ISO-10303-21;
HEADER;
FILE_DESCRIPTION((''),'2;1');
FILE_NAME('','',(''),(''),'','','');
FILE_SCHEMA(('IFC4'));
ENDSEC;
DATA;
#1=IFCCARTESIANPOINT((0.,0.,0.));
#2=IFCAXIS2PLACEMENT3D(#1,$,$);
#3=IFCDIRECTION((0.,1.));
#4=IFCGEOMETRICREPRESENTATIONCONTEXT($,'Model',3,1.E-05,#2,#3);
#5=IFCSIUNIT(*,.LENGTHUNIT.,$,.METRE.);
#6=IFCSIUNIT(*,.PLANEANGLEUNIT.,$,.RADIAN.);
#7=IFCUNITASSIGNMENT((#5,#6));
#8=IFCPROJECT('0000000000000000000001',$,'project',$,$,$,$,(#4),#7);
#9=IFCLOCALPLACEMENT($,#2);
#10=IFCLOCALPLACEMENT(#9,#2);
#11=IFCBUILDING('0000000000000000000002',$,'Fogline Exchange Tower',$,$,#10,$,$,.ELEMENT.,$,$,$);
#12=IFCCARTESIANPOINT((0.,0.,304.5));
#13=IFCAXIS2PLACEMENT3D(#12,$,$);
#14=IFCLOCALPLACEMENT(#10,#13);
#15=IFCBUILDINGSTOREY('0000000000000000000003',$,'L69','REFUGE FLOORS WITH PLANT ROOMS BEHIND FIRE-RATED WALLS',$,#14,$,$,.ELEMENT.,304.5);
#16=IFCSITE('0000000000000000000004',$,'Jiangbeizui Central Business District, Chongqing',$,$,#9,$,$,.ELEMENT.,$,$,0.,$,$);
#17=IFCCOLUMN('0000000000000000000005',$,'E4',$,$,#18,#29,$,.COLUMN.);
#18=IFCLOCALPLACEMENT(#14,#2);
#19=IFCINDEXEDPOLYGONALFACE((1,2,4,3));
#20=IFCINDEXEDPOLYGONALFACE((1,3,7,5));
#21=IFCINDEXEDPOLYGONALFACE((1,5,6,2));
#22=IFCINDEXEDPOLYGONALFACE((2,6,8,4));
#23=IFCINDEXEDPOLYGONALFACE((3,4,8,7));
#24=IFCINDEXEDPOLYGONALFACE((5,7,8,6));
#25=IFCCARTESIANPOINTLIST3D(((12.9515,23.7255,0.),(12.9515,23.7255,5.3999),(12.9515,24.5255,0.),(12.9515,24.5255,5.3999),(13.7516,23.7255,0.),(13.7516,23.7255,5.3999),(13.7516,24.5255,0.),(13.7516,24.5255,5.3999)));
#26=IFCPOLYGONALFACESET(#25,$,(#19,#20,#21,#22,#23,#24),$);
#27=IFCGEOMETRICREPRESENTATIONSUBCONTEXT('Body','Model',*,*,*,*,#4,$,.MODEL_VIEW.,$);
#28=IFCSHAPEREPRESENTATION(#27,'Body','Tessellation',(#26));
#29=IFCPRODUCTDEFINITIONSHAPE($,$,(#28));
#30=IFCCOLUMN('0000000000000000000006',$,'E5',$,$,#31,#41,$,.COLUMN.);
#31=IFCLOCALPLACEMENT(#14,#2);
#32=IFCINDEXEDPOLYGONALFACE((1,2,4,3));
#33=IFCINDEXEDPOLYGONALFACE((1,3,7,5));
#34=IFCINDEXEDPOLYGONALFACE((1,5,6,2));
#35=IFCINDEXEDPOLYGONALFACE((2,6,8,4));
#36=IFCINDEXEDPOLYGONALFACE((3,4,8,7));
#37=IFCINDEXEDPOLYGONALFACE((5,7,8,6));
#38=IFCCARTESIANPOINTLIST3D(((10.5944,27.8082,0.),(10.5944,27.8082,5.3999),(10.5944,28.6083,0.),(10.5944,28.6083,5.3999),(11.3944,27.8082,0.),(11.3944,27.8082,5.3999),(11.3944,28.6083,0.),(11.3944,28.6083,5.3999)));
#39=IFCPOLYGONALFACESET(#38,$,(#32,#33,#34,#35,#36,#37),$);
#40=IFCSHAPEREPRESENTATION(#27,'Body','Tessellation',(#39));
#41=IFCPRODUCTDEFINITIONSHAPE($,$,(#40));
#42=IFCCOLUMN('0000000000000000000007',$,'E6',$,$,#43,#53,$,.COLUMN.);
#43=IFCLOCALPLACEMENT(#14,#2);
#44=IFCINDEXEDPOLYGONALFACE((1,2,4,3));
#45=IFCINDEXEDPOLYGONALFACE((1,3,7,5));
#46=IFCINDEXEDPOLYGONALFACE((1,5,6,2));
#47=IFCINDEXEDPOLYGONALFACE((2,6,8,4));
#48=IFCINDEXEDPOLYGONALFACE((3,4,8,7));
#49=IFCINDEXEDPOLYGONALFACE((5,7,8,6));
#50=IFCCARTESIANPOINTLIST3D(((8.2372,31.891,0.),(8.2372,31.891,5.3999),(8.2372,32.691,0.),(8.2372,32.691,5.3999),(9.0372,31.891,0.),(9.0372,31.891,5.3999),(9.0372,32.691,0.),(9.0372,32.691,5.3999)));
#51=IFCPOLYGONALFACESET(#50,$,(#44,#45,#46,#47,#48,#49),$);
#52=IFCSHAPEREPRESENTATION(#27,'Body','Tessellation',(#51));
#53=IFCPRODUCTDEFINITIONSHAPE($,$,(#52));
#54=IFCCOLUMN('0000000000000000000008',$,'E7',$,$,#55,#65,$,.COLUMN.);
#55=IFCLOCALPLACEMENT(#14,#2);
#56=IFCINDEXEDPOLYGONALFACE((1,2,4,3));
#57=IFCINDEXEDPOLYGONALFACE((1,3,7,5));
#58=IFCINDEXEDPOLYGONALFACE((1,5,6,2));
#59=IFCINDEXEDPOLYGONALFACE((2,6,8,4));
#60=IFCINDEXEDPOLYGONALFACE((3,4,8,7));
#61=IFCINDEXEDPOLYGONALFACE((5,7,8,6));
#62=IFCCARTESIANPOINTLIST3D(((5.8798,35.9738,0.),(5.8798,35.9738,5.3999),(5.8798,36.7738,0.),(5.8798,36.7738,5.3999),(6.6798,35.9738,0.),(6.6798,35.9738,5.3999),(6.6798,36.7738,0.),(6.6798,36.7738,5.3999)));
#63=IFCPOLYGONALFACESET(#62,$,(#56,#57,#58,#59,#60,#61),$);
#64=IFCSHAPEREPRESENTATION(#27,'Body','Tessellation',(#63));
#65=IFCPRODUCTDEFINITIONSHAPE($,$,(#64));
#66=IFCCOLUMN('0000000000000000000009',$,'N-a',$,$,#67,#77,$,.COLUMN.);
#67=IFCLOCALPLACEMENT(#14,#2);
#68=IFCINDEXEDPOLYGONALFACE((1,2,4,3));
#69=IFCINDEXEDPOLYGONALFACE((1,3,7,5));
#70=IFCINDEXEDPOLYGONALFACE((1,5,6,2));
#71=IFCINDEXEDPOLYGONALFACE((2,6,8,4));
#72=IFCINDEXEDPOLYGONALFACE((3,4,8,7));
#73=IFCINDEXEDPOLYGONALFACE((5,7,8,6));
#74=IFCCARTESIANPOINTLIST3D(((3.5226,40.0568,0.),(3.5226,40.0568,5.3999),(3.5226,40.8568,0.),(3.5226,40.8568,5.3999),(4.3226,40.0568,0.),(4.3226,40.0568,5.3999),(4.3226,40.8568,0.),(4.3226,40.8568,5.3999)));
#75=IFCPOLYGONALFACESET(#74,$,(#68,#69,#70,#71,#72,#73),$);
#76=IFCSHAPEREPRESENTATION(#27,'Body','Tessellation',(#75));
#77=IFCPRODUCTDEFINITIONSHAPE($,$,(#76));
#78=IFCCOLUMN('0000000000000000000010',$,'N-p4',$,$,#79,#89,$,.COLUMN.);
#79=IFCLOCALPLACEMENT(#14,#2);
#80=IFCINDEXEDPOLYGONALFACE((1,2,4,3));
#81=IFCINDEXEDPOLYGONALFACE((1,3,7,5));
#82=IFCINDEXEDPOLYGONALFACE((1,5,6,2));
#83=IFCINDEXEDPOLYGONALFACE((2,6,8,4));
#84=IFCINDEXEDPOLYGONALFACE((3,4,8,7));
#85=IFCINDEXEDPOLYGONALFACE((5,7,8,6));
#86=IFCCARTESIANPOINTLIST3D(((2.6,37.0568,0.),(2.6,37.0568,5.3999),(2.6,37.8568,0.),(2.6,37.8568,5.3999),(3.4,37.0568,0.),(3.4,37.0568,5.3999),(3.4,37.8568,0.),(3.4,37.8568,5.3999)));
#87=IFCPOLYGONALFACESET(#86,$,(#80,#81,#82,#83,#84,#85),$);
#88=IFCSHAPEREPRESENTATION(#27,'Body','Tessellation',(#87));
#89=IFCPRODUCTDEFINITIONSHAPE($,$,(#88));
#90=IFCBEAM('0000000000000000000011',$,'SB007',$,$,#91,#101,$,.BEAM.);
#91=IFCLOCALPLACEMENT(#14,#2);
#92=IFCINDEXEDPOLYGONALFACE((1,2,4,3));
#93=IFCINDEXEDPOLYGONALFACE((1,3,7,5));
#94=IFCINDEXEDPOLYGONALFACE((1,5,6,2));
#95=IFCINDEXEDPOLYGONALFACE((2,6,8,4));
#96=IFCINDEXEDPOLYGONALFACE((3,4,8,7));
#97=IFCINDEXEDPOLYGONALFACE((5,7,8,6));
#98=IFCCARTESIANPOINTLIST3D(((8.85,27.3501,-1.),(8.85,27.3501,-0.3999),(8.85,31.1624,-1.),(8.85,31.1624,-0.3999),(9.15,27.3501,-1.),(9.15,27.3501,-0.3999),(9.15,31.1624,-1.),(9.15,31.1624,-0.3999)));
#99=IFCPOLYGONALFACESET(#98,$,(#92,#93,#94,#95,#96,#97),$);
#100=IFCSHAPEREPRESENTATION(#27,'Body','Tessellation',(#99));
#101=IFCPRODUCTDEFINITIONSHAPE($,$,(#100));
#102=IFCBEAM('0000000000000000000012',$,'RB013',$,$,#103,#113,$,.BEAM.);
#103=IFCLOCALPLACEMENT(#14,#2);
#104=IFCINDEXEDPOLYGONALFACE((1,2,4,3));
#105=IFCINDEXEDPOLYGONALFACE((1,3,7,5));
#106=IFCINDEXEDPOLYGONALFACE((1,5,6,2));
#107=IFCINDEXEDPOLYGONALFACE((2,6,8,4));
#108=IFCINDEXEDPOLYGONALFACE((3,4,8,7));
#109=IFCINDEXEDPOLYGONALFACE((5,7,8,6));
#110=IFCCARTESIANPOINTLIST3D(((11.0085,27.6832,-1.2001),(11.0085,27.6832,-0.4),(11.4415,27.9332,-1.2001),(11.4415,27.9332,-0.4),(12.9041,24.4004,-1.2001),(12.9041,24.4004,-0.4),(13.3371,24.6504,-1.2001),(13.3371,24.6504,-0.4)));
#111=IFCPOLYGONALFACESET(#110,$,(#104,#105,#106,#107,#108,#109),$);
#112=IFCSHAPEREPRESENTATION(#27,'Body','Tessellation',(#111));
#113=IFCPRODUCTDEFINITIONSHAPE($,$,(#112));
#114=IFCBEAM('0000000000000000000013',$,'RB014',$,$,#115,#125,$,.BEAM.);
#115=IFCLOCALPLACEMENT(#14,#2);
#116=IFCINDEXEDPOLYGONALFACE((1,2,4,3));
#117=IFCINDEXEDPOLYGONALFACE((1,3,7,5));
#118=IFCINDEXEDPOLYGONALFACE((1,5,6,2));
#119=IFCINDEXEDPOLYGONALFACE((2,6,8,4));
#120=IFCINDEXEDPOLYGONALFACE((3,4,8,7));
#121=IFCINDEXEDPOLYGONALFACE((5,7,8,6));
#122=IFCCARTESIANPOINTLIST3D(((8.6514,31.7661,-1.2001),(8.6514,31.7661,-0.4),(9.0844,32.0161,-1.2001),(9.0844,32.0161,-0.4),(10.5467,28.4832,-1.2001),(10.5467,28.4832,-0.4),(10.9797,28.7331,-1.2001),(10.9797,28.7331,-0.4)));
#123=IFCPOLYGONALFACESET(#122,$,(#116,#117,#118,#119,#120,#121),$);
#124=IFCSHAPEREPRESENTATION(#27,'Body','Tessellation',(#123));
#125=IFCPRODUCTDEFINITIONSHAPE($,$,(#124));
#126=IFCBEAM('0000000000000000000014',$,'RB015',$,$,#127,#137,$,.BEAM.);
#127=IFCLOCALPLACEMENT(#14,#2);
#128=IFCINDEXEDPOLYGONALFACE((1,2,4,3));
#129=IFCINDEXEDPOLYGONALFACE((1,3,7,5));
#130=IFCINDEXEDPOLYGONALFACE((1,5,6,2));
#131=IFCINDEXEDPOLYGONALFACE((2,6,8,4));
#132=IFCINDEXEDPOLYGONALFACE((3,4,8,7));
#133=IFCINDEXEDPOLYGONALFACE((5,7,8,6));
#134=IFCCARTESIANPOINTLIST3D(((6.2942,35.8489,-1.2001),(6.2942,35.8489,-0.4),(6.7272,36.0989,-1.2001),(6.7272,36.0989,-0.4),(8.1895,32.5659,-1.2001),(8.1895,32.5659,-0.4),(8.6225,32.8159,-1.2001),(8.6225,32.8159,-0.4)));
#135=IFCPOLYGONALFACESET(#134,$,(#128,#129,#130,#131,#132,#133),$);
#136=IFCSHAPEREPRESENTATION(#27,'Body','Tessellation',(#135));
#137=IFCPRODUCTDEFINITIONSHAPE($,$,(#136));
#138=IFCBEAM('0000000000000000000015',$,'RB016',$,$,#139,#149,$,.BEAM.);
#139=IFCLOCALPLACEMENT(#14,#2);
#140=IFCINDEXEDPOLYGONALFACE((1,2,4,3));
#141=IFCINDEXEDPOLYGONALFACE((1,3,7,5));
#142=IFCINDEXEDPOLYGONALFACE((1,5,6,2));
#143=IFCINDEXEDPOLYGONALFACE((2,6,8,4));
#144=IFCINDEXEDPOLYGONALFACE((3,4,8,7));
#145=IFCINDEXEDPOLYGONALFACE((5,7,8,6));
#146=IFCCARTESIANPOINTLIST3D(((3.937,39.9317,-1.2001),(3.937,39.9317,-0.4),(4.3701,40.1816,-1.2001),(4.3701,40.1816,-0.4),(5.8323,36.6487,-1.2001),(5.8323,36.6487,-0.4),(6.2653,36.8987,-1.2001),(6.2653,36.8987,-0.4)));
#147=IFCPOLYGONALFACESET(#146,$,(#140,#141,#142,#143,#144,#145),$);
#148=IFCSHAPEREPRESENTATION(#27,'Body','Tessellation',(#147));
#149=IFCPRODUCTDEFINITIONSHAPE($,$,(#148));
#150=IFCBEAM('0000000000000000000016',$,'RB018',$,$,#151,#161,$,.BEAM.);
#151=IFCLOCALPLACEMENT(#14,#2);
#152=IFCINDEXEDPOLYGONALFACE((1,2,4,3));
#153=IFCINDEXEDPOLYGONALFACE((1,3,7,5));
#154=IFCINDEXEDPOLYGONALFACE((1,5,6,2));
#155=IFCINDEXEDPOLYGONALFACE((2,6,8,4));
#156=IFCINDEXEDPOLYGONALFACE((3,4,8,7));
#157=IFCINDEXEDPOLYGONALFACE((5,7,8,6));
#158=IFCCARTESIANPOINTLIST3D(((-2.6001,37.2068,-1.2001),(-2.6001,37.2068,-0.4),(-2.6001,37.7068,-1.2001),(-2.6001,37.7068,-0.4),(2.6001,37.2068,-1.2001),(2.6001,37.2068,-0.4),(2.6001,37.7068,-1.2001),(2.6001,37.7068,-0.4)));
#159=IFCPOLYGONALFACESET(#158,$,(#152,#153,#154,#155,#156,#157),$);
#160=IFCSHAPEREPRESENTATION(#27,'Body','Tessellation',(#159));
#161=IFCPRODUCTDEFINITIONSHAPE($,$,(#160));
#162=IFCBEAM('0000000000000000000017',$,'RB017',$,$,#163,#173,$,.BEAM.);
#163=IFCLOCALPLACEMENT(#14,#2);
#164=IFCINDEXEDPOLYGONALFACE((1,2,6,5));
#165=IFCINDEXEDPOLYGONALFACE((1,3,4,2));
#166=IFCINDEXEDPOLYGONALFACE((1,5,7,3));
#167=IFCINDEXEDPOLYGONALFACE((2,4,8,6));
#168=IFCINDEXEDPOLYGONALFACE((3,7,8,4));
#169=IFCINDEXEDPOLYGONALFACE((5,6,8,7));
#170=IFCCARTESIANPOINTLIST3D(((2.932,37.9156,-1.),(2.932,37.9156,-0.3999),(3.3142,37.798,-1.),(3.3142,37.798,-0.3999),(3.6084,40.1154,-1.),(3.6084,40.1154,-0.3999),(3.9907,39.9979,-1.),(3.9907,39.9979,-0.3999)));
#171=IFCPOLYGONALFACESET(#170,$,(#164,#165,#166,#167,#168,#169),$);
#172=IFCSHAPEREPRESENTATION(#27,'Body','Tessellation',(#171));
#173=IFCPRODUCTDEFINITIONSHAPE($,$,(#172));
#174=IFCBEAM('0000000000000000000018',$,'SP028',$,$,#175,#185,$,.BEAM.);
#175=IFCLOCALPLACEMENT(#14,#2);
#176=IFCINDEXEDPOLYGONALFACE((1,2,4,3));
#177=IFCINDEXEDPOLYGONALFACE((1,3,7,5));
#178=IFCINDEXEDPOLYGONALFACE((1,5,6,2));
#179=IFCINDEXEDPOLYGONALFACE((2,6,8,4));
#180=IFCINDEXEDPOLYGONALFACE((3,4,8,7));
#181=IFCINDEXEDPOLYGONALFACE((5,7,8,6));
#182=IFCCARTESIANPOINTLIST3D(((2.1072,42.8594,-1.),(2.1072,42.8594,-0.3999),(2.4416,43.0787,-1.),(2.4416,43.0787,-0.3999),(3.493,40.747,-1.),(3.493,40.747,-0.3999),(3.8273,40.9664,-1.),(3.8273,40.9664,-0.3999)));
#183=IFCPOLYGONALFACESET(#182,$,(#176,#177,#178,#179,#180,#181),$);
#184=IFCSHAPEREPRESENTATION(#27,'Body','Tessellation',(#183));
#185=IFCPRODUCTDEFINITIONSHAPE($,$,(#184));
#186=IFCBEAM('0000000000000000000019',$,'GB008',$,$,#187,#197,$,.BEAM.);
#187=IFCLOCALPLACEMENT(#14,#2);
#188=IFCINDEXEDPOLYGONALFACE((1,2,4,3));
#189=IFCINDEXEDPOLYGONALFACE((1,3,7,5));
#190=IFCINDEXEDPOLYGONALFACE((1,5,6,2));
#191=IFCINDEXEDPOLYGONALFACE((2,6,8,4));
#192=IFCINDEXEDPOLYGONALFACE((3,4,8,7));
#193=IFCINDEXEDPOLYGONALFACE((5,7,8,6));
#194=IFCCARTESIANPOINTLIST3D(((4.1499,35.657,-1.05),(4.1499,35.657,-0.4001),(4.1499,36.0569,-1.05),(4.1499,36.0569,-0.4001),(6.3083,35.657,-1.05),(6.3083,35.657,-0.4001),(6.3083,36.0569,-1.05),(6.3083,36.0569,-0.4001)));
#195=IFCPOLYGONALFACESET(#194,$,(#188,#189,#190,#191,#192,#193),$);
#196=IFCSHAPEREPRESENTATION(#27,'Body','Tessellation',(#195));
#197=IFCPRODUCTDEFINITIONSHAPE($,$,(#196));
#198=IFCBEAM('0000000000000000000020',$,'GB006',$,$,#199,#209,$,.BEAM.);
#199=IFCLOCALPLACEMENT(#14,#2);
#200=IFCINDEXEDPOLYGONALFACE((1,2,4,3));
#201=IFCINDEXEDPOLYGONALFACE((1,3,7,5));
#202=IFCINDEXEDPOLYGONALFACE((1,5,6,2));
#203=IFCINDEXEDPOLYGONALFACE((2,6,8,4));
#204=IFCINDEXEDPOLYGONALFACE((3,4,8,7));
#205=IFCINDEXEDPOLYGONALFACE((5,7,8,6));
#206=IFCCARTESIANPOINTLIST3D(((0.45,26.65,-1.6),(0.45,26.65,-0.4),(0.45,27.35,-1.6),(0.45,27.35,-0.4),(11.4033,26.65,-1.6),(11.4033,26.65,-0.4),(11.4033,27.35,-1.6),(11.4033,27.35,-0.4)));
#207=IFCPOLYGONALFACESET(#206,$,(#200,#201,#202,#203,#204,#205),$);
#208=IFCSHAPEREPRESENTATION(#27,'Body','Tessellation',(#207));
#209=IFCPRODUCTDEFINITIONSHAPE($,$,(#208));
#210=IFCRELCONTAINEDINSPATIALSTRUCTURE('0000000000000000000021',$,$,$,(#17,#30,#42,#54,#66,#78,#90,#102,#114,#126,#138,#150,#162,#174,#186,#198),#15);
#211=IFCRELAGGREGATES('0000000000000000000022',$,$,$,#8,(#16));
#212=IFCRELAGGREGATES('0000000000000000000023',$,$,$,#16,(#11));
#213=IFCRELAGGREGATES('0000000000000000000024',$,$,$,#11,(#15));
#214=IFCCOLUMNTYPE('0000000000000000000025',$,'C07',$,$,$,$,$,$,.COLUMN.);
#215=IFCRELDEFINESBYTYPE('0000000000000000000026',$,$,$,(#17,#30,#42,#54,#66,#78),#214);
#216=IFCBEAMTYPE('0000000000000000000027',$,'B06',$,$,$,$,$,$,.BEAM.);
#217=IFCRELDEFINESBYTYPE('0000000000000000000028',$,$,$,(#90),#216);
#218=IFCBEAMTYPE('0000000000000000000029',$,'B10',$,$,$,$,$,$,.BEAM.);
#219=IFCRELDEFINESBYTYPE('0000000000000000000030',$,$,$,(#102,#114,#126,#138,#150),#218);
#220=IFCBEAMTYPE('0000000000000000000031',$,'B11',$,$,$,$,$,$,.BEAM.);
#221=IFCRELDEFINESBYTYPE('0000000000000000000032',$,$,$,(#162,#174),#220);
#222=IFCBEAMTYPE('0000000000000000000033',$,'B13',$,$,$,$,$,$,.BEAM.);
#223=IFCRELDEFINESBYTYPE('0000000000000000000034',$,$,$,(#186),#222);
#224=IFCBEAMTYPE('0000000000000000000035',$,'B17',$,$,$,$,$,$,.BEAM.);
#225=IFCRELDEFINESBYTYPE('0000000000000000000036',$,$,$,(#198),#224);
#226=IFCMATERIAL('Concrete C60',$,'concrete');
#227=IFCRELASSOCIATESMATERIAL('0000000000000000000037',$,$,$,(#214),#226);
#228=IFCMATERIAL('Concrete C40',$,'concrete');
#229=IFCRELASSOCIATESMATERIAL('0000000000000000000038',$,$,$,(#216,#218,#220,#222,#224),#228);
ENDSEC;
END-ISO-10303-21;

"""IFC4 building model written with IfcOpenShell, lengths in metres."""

from ifc_helpers import new_model, si_unit, direction, frame, origin, origin_2d, place, context, subcontext, project, spatial, rectangle, extrude, material, material_profile, profile_set, type_object, element, save


model = new_model("IFC4")

# Units and contexts
model_context = context("Model", 3, precision=1e-05, world=origin(), true_north=direction((0.0, 1.0)))
body_context = subcontext(model_context, "Body", "Model", "MODEL_VIEW")
ifc_project = project(units=[si_unit("LENGTHUNIT", "METRE"), si_unit("PLANEANGLEUNIT", "RADIAN")], contexts=[model_context])

# Site, building, storey
site_placement = place(None, origin())
site = spatial("IfcSite", under=ifc_project, at=site_placement, Name="Jiangbeizui Central Business District, Chongqing", CompositionType="ELEMENT", RefElevation=0.0)
building_placement = place(site_placement, origin())
building = spatial("IfcBuilding", under=site, at=building_placement, Name="Fogline Exchange Tower", CompositionType="ELEMENT")
storey_placement = place(building_placement, frame((0.0, 0.0, 304.5)))
storey = spatial("IfcBuildingStorey", under=building, at=storey_placement, Name="L69", Description="REFUGE FLOORS WITH PLANT ROOMS BEHIND FIRE-RATED WALLS", CompositionType="ELEMENT", Elevation=304.5)

# Columns
ifc_material_1 = material(Name="Concrete C60", Category="concrete")
ifc_material_profile_1 = material_profile(ifc_material_1, rectangle(XDim=0.8, YDim=0.8, at=origin_2d()), Name="RC 800x800")
ifc_profile_set_1 = profile_set([ifc_material_profile_1], Name="Concrete C60")
column_type = type_object("IfcColumnType", Name="C07", PredefinedType="COLUMN", material=ifc_profile_set_1)
for number, where, z_axis, x_axis, name in (
    (1, (13.3516, 24.1255, 0.0), (0.0, 0.0, 1.0), (1.0, 0.0, 0.0), "E4"),
    (2, (10.9944, 28.2083, 0.0), (0.0, 0.0, 1.0), (1.0, 0.0, 0.0), "E5"),
    (3, (8.6372, 32.291, 0.0), (0.0, 0.0, 1.0), (1.0, 0.0, 0.0), "E6"),
    (4, (6.2798, 36.3738, 0.0), (0.0, 0.0, 1.0), (1.0, 0.0, 0.0), "E7"),
    (5, (3.9226, 40.4568, 0.0), (0.0, 0.0, 1.0), (1.0, 0.0, 0.0), "N-a"),
    (6, (3.0, 37.4568, 0.0), (0.0, 0.0, 1.0), (1.0, 0.0, 0.0), "N-p4"),
):
    element("IfcColumn", number, at=place(storey_placement, frame(where, z_axis=z_axis, x_axis=x_axis)), inside=storey, type_object=column_type, Name=name, PredefinedType="COLUMN", context=body_context, shape_type="SweptSolid", body=[
        extrude(rectangle(XDim=0.8, YDim=0.8, at=origin_2d()), origin(), (0.0, 0.0, 1.0), 5.3999),
    ])

# Beams
ifc_material_2 = material(Name="Concrete C40", Category="concrete")
ifc_material_profile_2 = material_profile(ifc_material_2, rectangle(XDim=0.3, YDim=0.6001, at=origin_2d()), Name="RC 300x600")
ifc_profile_set_2 = profile_set([ifc_material_profile_2], Name="Concrete C40")
beam_type_1 = type_object("IfcBeamType", Name="B06", PredefinedType="BEAM", material=ifc_profile_set_2)
beam_1_placement = place(storey_placement, frame((9.0, 27.3501, -0.7), z_axis=(0.0, 1.0, 0.0), x_axis=(-1.0, 0.0, 0.0)))
element("IfcBeam", 7, at=beam_1_placement, inside=storey, type_object=beam_type_1, Name="SB007", PredefinedType="BEAM", context=body_context, shape_type="SweptSolid", body=[
    extrude(rectangle(XDim=0.3, YDim=0.6001, at=origin_2d()), origin(), (0.0, 0.0, 1.0), 3.8123),
])
ifc_material_profile_3 = material_profile(ifc_material_2, rectangle(XDim=0.5, YDim=0.8, at=origin_2d()), Name="RC 500x800")
ifc_profile_set_3 = profile_set([ifc_material_profile_3], Name="Concrete C40")
beam_type_2 = type_object("IfcBeamType", Name="B10", PredefinedType="BEAM", material=ifc_profile_set_3)
for number, where, z_axis, x_axis, name in (
    (8, (13.1206, 24.5254, -0.8), (-0.500046, 0.865999, 0.0), (-0.865999, -0.500046, 0.0), "RB013"),
    (9, (10.7632, 28.6082, -0.8), (-0.49997, 0.866043, 0.0), (-0.866043, -0.49997, 0.0), "RB014"),
    (10, (8.406, 32.6909, -0.8), (-0.49997, 0.866043, 0.0), (-0.866043, -0.49997, 0.0), "RB015"),
    (11, (6.0488, 36.7737, -0.8), (-0.49997, 0.866043, 0.0), (-0.866043, -0.49997, 0.0), "RB016"),
):
    element("IfcBeam", number, at=place(storey_placement, frame(where, z_axis=z_axis, x_axis=x_axis)), inside=storey, type_object=beam_type_2, Name=name, PredefinedType="BEAM", context=body_context, shape_type="SweptSolid", body=[
        extrude(rectangle(XDim=0.5, YDim=0.8, at=origin_2d()), origin(), (0.0, 0.0, 1.0), 3.7908),
    ])
beam_2_placement = place(storey_placement, frame((2.6001, 37.4568, -0.8), z_axis=(-1.0, 0.0, 0.0), x_axis=(0.0, -1.0, 0.0)))
element("IfcBeam", 12, at=beam_2_placement, inside=storey, type_object=beam_type_2, Name="RB018", PredefinedType="BEAM", context=body_context, shape_type="SweptSolid", body=[
    extrude(rectangle(XDim=0.5, YDim=0.8, at=origin_2d()), origin(), (0.0, 0.0, 1.0), 5.2002),
])
ifc_material_profile_4 = material_profile(ifc_material_2, rectangle(XDim=0.3999, YDim=0.6001, at=origin_2d()), Name="RC 400x600")
ifc_profile_set_4 = profile_set([ifc_material_profile_4], Name="Concrete C40")
beam_type_3 = type_object("IfcBeamType", Name="B11", PredefinedType="BEAM", material=ifc_profile_set_4)
beam_3_placement = place(storey_placement, frame((3.7996, 40.0566, -0.7), z_axis=(-0.293929, -0.955827, 0.0), x_axis=(0.955827, -0.293929, 0.0)))
element("IfcBeam", 13, at=beam_3_placement, inside=storey, type_object=beam_type_3, Name="RB017", PredefinedType="BEAM", context=body_context, shape_type="SweptSolid", body=[
    extrude(rectangle(XDim=0.3999, YDim=0.6001, at=origin_2d()), origin(), (0.0, 0.0, 1.0), 2.3015),
])
beam_4_placement = place(storey_placement, frame((3.6602, 40.8567, -0.7), z_axis=(-0.54853, 0.836131, 0.0), x_axis=(-0.836131, -0.54853, 0.0)))
element("IfcBeam", 14, at=beam_4_placement, inside=storey, type_object=beam_type_3, Name="SP028", PredefinedType="BEAM", context=body_context, shape_type="SweptSolid", body=[
    extrude(rectangle(XDim=0.3999, YDim=0.6001, at=origin_2d()), origin(), (0.0, 0.0, 1.0), 2.5264),
])
ifc_material_profile_5 = material_profile(ifc_material_2, rectangle(XDim=0.3999, YDim=0.6499, at=origin_2d()), Name="RC 400x650")
ifc_profile_set_5 = profile_set([ifc_material_profile_5], Name="Concrete C40")
beam_type_4 = type_object("IfcBeamType", Name="B13", PredefinedType="BEAM", material=ifc_profile_set_5)
beam_5_placement = place(storey_placement, frame((4.1499, 35.8569, -0.7251), z_axis=(1.0, 0.0, 0.0), x_axis=(0.0, 1.0, 0.0)))
element("IfcBeam", 15, at=beam_5_placement, inside=storey, type_object=beam_type_4, Name="GB008", PredefinedType="BEAM", context=body_context, shape_type="SweptSolid", body=[
    extrude(rectangle(XDim=0.3999, YDim=0.6499, at=origin_2d()), origin(), (0.0, 0.0, 1.0), 2.1584),
])
ifc_material_profile_6 = material_profile(ifc_material_2, rectangle(XDim=0.7, YDim=1.2, at=origin_2d()), Name="RC 700x1200")
ifc_profile_set_6 = profile_set([ifc_material_profile_6], Name="Concrete C40")
beam_type_5 = type_object("IfcBeamType", Name="B17", PredefinedType="BEAM", material=ifc_profile_set_6)
beam_6_placement = place(storey_placement, frame((0.45, 27.0, -1.0), z_axis=(1.0, 0.0, 0.0), x_axis=(0.0, 1.0, 0.0)))
element("IfcBeam", 16, at=beam_6_placement, inside=storey, type_object=beam_type_5, Name="GB006", PredefinedType="BEAM", context=body_context, shape_type="SweptSolid", body=[
    extrude(rectangle(XDim=0.7, YDim=1.2, at=origin_2d()), origin(), (0.0, 0.0, 1.0), 10.9534),
])

save(model, "model.ifc")
